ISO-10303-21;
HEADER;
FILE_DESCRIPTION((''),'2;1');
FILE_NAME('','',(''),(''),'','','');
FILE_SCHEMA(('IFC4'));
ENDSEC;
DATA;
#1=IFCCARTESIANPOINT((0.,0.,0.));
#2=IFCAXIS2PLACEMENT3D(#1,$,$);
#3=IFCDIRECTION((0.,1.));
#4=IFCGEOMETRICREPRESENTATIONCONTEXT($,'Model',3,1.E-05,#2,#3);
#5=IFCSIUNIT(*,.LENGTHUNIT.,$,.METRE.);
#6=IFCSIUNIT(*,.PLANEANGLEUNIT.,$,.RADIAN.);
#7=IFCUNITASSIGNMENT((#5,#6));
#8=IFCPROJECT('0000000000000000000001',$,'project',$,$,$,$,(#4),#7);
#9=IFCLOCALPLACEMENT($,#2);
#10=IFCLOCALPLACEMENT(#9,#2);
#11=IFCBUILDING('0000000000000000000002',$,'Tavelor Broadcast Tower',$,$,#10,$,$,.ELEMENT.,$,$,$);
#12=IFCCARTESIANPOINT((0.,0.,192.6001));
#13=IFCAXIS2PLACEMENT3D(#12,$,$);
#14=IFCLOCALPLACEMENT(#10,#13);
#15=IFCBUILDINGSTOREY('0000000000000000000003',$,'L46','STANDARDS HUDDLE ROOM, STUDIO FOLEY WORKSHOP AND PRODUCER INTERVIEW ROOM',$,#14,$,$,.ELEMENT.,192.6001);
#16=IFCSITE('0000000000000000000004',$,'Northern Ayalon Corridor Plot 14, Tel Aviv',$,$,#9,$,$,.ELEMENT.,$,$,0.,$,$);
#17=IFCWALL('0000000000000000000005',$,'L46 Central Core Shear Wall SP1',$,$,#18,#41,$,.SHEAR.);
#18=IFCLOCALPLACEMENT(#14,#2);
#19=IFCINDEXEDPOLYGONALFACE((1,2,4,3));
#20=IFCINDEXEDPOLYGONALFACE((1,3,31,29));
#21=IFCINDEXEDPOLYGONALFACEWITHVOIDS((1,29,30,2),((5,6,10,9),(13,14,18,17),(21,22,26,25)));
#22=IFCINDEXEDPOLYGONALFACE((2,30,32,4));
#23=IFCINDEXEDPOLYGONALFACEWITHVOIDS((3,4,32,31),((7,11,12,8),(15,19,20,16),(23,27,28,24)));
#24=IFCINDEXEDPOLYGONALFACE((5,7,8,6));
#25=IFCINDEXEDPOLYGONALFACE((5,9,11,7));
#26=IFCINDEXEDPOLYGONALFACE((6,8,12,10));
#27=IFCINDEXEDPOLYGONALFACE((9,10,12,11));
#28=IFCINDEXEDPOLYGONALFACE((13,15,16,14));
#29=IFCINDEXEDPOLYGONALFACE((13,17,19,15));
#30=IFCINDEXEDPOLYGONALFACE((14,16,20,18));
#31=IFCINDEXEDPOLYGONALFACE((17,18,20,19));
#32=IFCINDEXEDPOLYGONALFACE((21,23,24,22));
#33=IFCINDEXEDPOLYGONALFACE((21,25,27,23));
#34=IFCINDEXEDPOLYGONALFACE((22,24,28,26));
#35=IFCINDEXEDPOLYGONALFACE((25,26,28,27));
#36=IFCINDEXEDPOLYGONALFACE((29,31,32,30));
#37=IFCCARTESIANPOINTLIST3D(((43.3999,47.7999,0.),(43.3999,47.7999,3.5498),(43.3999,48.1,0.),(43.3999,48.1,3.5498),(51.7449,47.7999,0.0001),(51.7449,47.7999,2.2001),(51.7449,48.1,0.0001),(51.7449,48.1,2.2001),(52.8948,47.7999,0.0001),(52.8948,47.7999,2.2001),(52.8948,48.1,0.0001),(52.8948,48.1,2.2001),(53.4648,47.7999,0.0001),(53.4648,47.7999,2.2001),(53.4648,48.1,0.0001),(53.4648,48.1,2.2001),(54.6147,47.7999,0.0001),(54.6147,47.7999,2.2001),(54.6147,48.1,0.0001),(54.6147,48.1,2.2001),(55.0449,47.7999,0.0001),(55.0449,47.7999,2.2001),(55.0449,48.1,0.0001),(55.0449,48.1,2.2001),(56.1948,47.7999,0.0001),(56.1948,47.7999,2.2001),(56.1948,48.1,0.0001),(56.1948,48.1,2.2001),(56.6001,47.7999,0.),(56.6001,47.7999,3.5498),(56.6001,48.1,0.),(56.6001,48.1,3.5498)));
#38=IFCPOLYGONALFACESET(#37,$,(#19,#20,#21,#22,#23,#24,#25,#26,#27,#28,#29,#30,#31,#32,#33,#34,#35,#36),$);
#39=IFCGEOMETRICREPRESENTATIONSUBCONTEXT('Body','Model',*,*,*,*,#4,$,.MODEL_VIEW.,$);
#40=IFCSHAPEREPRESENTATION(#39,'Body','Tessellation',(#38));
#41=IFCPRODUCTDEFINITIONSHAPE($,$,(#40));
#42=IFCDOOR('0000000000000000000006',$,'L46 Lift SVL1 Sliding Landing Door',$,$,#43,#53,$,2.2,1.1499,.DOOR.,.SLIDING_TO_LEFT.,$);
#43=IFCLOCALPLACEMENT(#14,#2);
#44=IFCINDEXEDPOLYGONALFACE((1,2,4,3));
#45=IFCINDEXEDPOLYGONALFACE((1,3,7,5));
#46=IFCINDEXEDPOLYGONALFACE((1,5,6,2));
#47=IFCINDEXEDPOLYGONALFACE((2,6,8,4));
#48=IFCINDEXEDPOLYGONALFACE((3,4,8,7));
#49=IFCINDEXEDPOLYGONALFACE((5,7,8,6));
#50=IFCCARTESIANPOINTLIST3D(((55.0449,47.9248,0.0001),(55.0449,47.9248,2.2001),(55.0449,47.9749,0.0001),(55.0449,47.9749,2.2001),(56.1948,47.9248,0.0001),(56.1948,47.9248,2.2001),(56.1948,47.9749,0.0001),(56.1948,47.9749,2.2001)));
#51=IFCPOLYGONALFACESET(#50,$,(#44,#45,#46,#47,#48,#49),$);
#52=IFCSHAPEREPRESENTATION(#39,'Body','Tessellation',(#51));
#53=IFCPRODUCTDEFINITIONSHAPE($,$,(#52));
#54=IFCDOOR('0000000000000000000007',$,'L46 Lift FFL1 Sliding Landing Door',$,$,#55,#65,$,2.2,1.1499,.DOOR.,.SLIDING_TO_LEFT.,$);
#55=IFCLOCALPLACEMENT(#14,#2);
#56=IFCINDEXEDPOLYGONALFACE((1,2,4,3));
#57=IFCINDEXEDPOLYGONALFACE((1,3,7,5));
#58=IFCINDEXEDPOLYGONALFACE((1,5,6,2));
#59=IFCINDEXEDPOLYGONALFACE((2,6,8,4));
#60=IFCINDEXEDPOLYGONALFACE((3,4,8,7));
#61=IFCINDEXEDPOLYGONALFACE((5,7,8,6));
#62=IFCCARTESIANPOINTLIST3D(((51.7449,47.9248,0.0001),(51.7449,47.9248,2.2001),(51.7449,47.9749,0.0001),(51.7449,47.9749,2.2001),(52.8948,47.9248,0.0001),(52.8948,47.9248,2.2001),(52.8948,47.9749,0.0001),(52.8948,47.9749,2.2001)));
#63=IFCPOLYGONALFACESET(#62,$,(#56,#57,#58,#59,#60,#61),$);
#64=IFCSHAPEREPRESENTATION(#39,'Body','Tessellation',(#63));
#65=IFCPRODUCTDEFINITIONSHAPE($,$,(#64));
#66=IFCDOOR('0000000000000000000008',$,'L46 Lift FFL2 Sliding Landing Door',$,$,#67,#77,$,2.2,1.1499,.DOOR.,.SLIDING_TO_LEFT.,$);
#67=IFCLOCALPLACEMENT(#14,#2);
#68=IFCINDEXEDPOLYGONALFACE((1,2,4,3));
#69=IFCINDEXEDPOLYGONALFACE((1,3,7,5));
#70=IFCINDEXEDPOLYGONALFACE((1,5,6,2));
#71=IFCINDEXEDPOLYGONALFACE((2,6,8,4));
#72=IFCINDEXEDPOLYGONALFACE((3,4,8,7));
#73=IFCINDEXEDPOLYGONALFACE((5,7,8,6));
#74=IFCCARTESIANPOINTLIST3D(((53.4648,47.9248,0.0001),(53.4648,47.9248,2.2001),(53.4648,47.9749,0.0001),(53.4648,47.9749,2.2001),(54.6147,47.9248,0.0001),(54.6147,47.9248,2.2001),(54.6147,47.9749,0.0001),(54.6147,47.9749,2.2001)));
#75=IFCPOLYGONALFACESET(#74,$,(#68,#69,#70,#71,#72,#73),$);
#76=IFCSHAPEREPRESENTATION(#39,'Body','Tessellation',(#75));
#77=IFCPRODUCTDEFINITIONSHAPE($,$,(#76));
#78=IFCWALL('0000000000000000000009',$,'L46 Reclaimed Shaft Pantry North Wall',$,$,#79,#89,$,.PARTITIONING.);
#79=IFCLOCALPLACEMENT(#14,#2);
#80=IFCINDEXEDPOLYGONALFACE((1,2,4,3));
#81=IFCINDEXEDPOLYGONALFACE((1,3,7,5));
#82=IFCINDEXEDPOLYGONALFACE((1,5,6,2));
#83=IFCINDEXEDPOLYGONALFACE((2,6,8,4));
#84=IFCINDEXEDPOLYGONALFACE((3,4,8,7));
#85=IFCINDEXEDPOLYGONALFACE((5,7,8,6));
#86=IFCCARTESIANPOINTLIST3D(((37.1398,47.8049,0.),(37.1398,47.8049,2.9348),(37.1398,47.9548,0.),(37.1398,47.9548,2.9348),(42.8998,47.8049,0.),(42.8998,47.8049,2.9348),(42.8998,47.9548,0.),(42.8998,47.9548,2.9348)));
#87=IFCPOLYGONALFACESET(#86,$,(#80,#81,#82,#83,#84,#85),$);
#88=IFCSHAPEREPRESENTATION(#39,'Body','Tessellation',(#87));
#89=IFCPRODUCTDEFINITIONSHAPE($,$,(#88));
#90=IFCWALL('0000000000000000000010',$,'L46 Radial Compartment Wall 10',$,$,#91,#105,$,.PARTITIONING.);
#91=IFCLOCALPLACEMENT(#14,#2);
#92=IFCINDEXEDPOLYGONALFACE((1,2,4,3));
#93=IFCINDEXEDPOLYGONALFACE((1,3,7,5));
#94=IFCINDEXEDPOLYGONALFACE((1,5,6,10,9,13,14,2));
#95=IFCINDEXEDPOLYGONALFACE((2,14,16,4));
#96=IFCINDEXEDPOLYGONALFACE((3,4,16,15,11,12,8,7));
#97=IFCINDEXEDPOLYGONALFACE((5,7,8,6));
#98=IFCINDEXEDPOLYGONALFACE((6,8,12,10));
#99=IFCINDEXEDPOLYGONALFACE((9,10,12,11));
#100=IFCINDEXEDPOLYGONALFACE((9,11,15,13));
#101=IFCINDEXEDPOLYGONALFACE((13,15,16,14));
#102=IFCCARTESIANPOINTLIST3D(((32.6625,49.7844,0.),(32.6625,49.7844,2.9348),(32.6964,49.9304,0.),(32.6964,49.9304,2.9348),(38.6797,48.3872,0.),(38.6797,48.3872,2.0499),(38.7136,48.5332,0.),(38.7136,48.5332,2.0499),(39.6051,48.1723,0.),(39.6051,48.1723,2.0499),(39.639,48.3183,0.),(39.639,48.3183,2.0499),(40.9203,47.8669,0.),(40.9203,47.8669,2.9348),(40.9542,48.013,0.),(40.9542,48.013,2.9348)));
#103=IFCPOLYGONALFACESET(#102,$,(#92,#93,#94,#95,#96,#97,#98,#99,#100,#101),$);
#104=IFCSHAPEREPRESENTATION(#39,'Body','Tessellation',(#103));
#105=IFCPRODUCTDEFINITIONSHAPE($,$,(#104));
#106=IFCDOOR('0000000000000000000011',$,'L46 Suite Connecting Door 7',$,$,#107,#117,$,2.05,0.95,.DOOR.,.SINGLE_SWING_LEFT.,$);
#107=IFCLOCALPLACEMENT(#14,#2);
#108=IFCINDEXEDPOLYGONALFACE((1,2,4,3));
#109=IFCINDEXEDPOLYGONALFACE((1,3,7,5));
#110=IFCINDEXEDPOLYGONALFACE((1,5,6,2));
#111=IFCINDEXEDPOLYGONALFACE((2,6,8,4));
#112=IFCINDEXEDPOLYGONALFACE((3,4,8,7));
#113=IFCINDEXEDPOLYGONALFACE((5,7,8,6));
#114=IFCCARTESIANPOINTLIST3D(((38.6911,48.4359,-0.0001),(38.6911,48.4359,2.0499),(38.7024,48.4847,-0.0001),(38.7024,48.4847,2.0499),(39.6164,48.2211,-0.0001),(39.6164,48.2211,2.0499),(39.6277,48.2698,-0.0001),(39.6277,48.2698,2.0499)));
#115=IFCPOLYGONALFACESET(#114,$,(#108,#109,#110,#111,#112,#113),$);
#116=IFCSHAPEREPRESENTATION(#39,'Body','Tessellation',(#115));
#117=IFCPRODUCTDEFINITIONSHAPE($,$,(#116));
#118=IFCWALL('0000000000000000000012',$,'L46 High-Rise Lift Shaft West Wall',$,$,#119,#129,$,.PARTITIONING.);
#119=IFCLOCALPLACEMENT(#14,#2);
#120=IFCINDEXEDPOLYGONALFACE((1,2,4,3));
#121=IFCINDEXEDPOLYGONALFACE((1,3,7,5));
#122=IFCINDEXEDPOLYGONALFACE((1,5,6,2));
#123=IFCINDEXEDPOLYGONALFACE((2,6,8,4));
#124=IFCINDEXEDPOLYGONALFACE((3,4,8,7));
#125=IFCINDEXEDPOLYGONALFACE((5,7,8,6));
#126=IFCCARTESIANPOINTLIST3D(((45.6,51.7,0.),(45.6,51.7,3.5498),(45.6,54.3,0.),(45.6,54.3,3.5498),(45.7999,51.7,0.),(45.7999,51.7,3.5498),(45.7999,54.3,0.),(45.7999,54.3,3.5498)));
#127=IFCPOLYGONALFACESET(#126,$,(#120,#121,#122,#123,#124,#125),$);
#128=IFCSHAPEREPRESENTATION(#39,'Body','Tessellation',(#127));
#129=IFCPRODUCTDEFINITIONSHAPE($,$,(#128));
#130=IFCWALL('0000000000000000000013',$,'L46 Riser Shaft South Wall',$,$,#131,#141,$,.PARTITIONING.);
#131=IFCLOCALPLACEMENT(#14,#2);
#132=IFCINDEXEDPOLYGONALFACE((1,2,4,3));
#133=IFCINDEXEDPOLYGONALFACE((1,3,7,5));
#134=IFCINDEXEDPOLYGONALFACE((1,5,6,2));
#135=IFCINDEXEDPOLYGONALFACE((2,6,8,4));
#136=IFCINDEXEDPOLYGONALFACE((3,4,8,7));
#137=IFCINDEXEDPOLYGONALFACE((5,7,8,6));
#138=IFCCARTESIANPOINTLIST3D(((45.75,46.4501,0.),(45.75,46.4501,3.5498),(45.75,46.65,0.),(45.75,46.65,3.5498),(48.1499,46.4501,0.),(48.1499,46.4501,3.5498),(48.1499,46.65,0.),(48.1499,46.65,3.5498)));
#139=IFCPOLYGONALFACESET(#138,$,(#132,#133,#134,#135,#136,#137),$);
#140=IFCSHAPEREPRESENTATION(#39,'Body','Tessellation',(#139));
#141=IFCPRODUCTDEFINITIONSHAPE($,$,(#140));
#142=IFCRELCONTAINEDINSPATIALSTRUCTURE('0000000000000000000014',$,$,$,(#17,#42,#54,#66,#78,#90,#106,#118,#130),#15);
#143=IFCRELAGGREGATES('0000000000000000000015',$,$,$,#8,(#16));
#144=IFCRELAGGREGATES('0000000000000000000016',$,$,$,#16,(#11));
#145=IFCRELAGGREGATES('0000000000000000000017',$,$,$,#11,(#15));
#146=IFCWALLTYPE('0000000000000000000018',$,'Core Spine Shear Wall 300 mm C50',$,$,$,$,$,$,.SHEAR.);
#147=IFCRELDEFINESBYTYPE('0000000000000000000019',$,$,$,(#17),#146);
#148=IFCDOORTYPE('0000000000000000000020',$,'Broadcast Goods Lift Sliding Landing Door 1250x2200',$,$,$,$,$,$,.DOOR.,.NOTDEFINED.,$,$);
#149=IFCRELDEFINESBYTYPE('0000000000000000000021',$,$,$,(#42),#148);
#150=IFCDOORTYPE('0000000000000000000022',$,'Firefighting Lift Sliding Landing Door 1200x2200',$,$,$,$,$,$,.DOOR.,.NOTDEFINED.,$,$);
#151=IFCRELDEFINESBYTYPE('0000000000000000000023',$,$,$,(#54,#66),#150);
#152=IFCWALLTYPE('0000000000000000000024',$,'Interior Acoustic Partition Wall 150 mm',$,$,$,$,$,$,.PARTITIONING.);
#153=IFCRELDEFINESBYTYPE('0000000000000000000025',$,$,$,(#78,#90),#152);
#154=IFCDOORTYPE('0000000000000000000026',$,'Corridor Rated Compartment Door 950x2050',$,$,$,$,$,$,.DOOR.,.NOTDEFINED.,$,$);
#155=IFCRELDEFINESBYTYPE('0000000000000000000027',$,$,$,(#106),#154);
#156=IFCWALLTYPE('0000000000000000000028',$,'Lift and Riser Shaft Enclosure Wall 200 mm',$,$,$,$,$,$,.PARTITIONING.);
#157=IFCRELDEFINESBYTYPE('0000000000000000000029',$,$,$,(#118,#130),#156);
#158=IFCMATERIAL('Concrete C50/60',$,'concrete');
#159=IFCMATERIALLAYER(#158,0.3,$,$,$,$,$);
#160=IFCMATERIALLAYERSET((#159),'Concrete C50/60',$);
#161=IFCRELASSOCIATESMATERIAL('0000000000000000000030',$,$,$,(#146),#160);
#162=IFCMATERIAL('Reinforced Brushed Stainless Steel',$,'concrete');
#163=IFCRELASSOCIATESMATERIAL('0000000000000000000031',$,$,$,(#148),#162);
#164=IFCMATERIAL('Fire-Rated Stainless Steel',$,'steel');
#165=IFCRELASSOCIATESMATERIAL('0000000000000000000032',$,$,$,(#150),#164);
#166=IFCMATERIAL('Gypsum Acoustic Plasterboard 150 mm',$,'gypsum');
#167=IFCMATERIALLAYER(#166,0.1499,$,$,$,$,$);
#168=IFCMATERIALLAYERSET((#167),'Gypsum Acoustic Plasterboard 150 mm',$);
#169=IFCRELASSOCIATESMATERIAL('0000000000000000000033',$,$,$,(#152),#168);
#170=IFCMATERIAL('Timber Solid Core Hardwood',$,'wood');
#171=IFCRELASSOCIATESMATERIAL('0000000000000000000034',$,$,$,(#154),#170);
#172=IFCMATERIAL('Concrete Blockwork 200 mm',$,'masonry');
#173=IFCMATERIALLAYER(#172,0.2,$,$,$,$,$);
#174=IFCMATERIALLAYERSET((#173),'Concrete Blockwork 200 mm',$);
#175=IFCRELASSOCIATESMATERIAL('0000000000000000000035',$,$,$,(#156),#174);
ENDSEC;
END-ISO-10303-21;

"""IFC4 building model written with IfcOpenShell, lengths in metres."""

from ifc_helpers import new_model, si_unit, direction, frame, frame_2d, origin, place, context, subcontext, project, spatial, rectangle, extrude, material, layer, layer_set, type_object, element, fill, save


model = new_model("IFC4")

# Units and contexts
model_context = context("Model", 3, precision=1e-05, world=origin(), true_north=direction((0.0, 1.0)))
body_context = subcontext(model_context, "Body", "Model", "MODEL_VIEW")
ifc_project = project(units=[si_unit("LENGTHUNIT", "METRE"), si_unit("PLANEANGLEUNIT", "RADIAN")], contexts=[model_context])

# Site, building, storey
site_placement = place(None, origin())
site = spatial("IfcSite", under=ifc_project, at=site_placement, Name="Northern Ayalon Corridor Plot 14, Tel Aviv", CompositionType="ELEMENT", RefElevation=0.0)
building_placement = place(site_placement, origin())
building = spatial("IfcBuilding", under=site, at=building_placement, Name="Tavelor Broadcast Tower", CompositionType="ELEMENT")
storey_placement = place(building_placement, frame((0.0, 0.0, 192.6001)))
storey = spatial("IfcBuildingStorey", under=building, at=storey_placement, Name="L46", Description="STANDARDS HUDDLE ROOM, STUDIO FOLEY WORKSHOP AND PRODUCER INTERVIEW ROOM", CompositionType="ELEMENT", Elevation=192.6001)

# Shared definitions
ifc_material_1 = material(Name="Concrete C50/60", Category="concrete")

# Wall, openings, doors
ifc_layer_1 = layer(ifc_material_1, 0.3)
ifc_layer_set_1 = layer_set([ifc_layer_1], Name="Concrete C50/60")
wall_type_1 = type_object("IfcWallType", Name="Core Spine Shear Wall 300 mm C50", PredefinedType="SHEAR", material=ifc_layer_set_1)
wall_1_placement = place(storey_placement, frame((43.3999, 47.95, 0.0), z_axis=(0.0, 0.0, 1.0), x_axis=(1.0, 0.0, 0.0)))
wall_1 = element("IfcWall", 1, at=wall_1_placement, inside=storey, type_object=wall_type_1, Name="L46 Central Core Shear Wall SP1", PredefinedType="SHEAR", context=body_context, shape_type="SweptSolid", body=[
    extrude(rectangle(XDim=13.2002, YDim=0.3, at=frame_2d((6.6001, 0.0))), origin(), (0.0, 0.0, 1.0), 3.5498),
])
opening_1_placement = place(wall_1_placement, frame((8.345, 0.0, 0.0)))
opening_1 = element("IfcOpeningElement", 2, at=opening_1_placement, cuts=wall_1, PredefinedType="OPENING", context=body_context, shape_type="SweptSolid", body=[
    extrude(rectangle(XDim=1.1499, YDim=2.2, at=frame_2d((0.575, 1.1001))), frame((0.0, 0.1602, 0.0), z_axis=(0.0, -1.0, 0.0), x_axis=(1.0, 0.0, 0.0)), (0.0, 0.0, 1.0), 0.3201),
])
opening_2_placement = place(wall_1_placement, frame((10.0649, 0.0, 0.0)))
opening_2 = element("IfcOpeningElement", 3, at=opening_2_placement, cuts=wall_1, PredefinedType="OPENING", context=body_context, shape_type="SweptSolid", body=[
    extrude(rectangle(XDim=1.1499, YDim=2.2, at=frame_2d((0.575, 1.1001))), frame((0.0, 0.1602, 0.0), z_axis=(0.0, -1.0, 0.0), x_axis=(1.0, 0.0, 0.0)), (0.0, 0.0, 1.0), 0.3201),
])
opening_3_placement = place(wall_1_placement, frame((11.645, 0.0, 0.0)))
opening_3 = element("IfcOpeningElement", 4, at=opening_3_placement, cuts=wall_1, PredefinedType="OPENING", context=body_context, shape_type="SweptSolid", body=[
    extrude(rectangle(XDim=1.1499, YDim=2.2, at=frame_2d((0.575, 1.1001))), frame((0.0, 0.1602, 0.0), z_axis=(0.0, -1.0, 0.0), x_axis=(1.0, 0.0, 0.0)), (0.0, 0.0, 1.0), 0.3201),
])
ifc_material_2 = material(Name="Reinforced Brushed Stainless Steel", Category="concrete")
door_type_1 = type_object("IfcDoorType", Name="Broadcast Goods Lift Sliding Landing Door 1250x2200", OperationType="NOTDEFINED", PredefinedType="DOOR", material=ifc_material_2)
door_1_placement = place(opening_3_placement, origin())
door_1 = element("IfcDoor", 5, at=door_1_placement, inside=storey, type_object=door_type_1, Name="L46 Lift SVL1 Sliding Landing Door", OperationType="SLIDING_TO_LEFT", OverallHeight=2.2, OverallWidth=1.1499, PredefinedType="DOOR", context=body_context, shape_type="SweptSolid", body=[
    extrude(rectangle(XDim=1.1499, YDim=2.2, at=frame_2d((0.575, 1.1001))), frame((0.0, 0.0249, 0.0), z_axis=(0.0, -1.0, 0.0), x_axis=(1.0, 0.0, 0.0)), (0.0, 0.0, 1.0), 0.05),
])
fill(opening_3, door_1)
ifc_material_3 = material(Name="Fire-Rated Stainless Steel", Category="steel")
door_type_2 = type_object("IfcDoorType", Name="Firefighting Lift Sliding Landing Door 1200x2200", OperationType="NOTDEFINED", PredefinedType="DOOR", material=ifc_material_3)
door_2_placement = place(opening_1_placement, origin())
door_2 = element("IfcDoor", 6, at=door_2_placement, inside=storey, type_object=door_type_2, Name="L46 Lift FFL1 Sliding Landing Door", OperationType="SLIDING_TO_LEFT", OverallHeight=2.2, OverallWidth=1.1499, PredefinedType="DOOR", context=body_context, shape_type="SweptSolid", body=[
    extrude(rectangle(XDim=1.1499, YDim=2.2, at=frame_2d((0.575, 1.1001))), frame((0.0, 0.0249, 0.0), z_axis=(0.0, -1.0, 0.0), x_axis=(1.0, 0.0, 0.0)), (0.0, 0.0, 1.0), 0.05),
])
fill(opening_1, door_2)
door_3_placement = place(opening_2_placement, origin())
door_3 = element("IfcDoor", 7, at=door_3_placement, inside=storey, type_object=door_type_2, Name="L46 Lift FFL2 Sliding Landing Door", OperationType="SLIDING_TO_LEFT", OverallHeight=2.2, OverallWidth=1.1499, PredefinedType="DOOR", context=body_context, shape_type="SweptSolid", body=[
    extrude(rectangle(XDim=1.1499, YDim=2.2, at=frame_2d((0.575, 1.1001))), frame((0.0, 0.0249, 0.0), z_axis=(0.0, -1.0, 0.0), x_axis=(1.0, 0.0, 0.0)), (0.0, 0.0, 1.0), 0.05),
])
fill(opening_2, door_3)

# Wall
ifc_material_4 = material(Name="Gypsum Acoustic Plasterboard 150 mm", Category="gypsum")
ifc_layer_2 = layer(ifc_material_4, 0.1499)
ifc_layer_set_2 = layer_set([ifc_layer_2], Name="Gypsum Acoustic Plasterboard 150 mm")
wall_type_2 = type_object("IfcWallType", Name="Interior Acoustic Partition Wall 150 mm", PredefinedType="PARTITIONING", material=ifc_layer_set_2)
wall_2_placement = place(storey_placement, frame((37.1399, 47.8799, 0.0), z_axis=(0.0, 0.0, 1.0), x_axis=(1.0, 0.0, 0.0)))
element("IfcWall", 8, at=wall_2_placement, inside=storey, type_object=wall_type_2, Name="L46 Reclaimed Shaft Pantry North Wall", PredefinedType="PARTITIONING", context=body_context, shape_type="SweptSolid", body=[
    extrude(rectangle(XDim=5.76, YDim=0.1499, at=frame_2d((2.8799, 0.0))), origin(), (0.0, 0.0, 1.0), 2.9348),
])

# Wall, opening, door
wall_3_placement = place(storey_placement, frame((40.9373, 47.9399, 0.0), z_axis=(0.0, 0.0, 1.0), x_axis=(-0.974085, 0.226184, 0.0)))
wall_3 = element("IfcWall", 9, at=wall_3_placement, inside=storey, type_object=wall_type_2, Name="L46 Radial Compartment Wall 10", PredefinedType="PARTITIONING", context=body_context, shape_type="SweptSolid", body=[
    extrude(rectangle(XDim=8.4775, YDim=0.1499, at=frame_2d((4.2388, 0.0))), origin(), (0.0, 0.0, 1.0), 2.9348),
])
opening_4_placement = place(wall_3_placement, frame((1.3501, 0.0, 0.0)))
opening_4 = element("IfcOpeningElement", 10, at=opening_4_placement, cuts=wall_3, PredefinedType="OPENING", context=body_context, shape_type="SweptSolid", body=[
    extrude(rectangle(XDim=0.95, YDim=2.05, at=frame_2d((0.4751, 1.0249))), frame((0.0, 0.085, 0.0), z_axis=(0.0, -1.0, 0.0), x_axis=(1.0, 0.0, 0.0)), (0.0, 0.0, 1.0), 0.1699),
])
ifc_material_5 = material(Name="Timber Solid Core Hardwood", Category="wood")
door_type_3 = type_object("IfcDoorType", Name="Corridor Rated Compartment Door 950x2050", OperationType="NOTDEFINED", PredefinedType="DOOR", material=ifc_material_5)
door_4_placement = place(opening_4_placement, origin())
door_4 = element("IfcDoor", 11, at=door_4_placement, inside=storey, type_object=door_type_3, Name="L46 Suite Connecting Door 7", OperationType="SINGLE_SWING_LEFT", OverallHeight=2.05, OverallWidth=0.95, PredefinedType="DOOR", context=body_context, shape_type="SweptSolid", body=[
    extrude(rectangle(XDim=0.95, YDim=2.05, at=frame_2d((0.4751, 1.0249))), frame((0.0, 0.0249, 0.0), z_axis=(0.0, -1.0, 0.0), x_axis=(1.0, 0.0, 0.0)), (0.0, 0.0, 1.0), 0.05),
])
fill(opening_4, door_4)

# Walls
ifc_material_6 = material(Name="Concrete Blockwork 200 mm", Category="masonry")
ifc_layer_3 = layer(ifc_material_6, 0.2)
ifc_layer_set_3 = layer_set([ifc_layer_3], Name="Concrete Blockwork 200 mm")
wall_type_3 = type_object("IfcWallType", Name="Lift and Riser Shaft Enclosure Wall 200 mm", PredefinedType="PARTITIONING", material=ifc_layer_set_3)
wall_4_placement = place(storey_placement, frame((45.7, 51.7, 0.0), z_axis=(0.0, 0.0, 1.0), x_axis=(0.0, 1.0, 0.0)))
element("IfcWall", 12, at=wall_4_placement, inside=storey, type_object=wall_type_3, Name="L46 High-Rise Lift Shaft West Wall", PredefinedType="PARTITIONING", context=body_context, shape_type="SweptSolid", body=[
    extrude(rectangle(XDim=2.6001, YDim=0.2, at=frame_2d((1.3, 0.0))), origin(), (0.0, 0.0, 1.0), 3.5498),
])
wall_5_placement = place(storey_placement, frame((45.75, 46.55, 0.0), z_axis=(0.0, 0.0, 1.0), x_axis=(1.0, 0.0, 0.0)))
element("IfcWall", 13, at=wall_5_placement, inside=storey, type_object=wall_type_3, Name="L46 Riser Shaft South Wall", PredefinedType="PARTITIONING", context=body_context, shape_type="SweptSolid", body=[
    extrude(rectangle(XDim=2.3999, YDim=0.2, at=frame_2d((1.2, 0.0))), origin(), (0.0, 0.0, 1.0), 3.5498),
])

save(model, "model.ifc")
